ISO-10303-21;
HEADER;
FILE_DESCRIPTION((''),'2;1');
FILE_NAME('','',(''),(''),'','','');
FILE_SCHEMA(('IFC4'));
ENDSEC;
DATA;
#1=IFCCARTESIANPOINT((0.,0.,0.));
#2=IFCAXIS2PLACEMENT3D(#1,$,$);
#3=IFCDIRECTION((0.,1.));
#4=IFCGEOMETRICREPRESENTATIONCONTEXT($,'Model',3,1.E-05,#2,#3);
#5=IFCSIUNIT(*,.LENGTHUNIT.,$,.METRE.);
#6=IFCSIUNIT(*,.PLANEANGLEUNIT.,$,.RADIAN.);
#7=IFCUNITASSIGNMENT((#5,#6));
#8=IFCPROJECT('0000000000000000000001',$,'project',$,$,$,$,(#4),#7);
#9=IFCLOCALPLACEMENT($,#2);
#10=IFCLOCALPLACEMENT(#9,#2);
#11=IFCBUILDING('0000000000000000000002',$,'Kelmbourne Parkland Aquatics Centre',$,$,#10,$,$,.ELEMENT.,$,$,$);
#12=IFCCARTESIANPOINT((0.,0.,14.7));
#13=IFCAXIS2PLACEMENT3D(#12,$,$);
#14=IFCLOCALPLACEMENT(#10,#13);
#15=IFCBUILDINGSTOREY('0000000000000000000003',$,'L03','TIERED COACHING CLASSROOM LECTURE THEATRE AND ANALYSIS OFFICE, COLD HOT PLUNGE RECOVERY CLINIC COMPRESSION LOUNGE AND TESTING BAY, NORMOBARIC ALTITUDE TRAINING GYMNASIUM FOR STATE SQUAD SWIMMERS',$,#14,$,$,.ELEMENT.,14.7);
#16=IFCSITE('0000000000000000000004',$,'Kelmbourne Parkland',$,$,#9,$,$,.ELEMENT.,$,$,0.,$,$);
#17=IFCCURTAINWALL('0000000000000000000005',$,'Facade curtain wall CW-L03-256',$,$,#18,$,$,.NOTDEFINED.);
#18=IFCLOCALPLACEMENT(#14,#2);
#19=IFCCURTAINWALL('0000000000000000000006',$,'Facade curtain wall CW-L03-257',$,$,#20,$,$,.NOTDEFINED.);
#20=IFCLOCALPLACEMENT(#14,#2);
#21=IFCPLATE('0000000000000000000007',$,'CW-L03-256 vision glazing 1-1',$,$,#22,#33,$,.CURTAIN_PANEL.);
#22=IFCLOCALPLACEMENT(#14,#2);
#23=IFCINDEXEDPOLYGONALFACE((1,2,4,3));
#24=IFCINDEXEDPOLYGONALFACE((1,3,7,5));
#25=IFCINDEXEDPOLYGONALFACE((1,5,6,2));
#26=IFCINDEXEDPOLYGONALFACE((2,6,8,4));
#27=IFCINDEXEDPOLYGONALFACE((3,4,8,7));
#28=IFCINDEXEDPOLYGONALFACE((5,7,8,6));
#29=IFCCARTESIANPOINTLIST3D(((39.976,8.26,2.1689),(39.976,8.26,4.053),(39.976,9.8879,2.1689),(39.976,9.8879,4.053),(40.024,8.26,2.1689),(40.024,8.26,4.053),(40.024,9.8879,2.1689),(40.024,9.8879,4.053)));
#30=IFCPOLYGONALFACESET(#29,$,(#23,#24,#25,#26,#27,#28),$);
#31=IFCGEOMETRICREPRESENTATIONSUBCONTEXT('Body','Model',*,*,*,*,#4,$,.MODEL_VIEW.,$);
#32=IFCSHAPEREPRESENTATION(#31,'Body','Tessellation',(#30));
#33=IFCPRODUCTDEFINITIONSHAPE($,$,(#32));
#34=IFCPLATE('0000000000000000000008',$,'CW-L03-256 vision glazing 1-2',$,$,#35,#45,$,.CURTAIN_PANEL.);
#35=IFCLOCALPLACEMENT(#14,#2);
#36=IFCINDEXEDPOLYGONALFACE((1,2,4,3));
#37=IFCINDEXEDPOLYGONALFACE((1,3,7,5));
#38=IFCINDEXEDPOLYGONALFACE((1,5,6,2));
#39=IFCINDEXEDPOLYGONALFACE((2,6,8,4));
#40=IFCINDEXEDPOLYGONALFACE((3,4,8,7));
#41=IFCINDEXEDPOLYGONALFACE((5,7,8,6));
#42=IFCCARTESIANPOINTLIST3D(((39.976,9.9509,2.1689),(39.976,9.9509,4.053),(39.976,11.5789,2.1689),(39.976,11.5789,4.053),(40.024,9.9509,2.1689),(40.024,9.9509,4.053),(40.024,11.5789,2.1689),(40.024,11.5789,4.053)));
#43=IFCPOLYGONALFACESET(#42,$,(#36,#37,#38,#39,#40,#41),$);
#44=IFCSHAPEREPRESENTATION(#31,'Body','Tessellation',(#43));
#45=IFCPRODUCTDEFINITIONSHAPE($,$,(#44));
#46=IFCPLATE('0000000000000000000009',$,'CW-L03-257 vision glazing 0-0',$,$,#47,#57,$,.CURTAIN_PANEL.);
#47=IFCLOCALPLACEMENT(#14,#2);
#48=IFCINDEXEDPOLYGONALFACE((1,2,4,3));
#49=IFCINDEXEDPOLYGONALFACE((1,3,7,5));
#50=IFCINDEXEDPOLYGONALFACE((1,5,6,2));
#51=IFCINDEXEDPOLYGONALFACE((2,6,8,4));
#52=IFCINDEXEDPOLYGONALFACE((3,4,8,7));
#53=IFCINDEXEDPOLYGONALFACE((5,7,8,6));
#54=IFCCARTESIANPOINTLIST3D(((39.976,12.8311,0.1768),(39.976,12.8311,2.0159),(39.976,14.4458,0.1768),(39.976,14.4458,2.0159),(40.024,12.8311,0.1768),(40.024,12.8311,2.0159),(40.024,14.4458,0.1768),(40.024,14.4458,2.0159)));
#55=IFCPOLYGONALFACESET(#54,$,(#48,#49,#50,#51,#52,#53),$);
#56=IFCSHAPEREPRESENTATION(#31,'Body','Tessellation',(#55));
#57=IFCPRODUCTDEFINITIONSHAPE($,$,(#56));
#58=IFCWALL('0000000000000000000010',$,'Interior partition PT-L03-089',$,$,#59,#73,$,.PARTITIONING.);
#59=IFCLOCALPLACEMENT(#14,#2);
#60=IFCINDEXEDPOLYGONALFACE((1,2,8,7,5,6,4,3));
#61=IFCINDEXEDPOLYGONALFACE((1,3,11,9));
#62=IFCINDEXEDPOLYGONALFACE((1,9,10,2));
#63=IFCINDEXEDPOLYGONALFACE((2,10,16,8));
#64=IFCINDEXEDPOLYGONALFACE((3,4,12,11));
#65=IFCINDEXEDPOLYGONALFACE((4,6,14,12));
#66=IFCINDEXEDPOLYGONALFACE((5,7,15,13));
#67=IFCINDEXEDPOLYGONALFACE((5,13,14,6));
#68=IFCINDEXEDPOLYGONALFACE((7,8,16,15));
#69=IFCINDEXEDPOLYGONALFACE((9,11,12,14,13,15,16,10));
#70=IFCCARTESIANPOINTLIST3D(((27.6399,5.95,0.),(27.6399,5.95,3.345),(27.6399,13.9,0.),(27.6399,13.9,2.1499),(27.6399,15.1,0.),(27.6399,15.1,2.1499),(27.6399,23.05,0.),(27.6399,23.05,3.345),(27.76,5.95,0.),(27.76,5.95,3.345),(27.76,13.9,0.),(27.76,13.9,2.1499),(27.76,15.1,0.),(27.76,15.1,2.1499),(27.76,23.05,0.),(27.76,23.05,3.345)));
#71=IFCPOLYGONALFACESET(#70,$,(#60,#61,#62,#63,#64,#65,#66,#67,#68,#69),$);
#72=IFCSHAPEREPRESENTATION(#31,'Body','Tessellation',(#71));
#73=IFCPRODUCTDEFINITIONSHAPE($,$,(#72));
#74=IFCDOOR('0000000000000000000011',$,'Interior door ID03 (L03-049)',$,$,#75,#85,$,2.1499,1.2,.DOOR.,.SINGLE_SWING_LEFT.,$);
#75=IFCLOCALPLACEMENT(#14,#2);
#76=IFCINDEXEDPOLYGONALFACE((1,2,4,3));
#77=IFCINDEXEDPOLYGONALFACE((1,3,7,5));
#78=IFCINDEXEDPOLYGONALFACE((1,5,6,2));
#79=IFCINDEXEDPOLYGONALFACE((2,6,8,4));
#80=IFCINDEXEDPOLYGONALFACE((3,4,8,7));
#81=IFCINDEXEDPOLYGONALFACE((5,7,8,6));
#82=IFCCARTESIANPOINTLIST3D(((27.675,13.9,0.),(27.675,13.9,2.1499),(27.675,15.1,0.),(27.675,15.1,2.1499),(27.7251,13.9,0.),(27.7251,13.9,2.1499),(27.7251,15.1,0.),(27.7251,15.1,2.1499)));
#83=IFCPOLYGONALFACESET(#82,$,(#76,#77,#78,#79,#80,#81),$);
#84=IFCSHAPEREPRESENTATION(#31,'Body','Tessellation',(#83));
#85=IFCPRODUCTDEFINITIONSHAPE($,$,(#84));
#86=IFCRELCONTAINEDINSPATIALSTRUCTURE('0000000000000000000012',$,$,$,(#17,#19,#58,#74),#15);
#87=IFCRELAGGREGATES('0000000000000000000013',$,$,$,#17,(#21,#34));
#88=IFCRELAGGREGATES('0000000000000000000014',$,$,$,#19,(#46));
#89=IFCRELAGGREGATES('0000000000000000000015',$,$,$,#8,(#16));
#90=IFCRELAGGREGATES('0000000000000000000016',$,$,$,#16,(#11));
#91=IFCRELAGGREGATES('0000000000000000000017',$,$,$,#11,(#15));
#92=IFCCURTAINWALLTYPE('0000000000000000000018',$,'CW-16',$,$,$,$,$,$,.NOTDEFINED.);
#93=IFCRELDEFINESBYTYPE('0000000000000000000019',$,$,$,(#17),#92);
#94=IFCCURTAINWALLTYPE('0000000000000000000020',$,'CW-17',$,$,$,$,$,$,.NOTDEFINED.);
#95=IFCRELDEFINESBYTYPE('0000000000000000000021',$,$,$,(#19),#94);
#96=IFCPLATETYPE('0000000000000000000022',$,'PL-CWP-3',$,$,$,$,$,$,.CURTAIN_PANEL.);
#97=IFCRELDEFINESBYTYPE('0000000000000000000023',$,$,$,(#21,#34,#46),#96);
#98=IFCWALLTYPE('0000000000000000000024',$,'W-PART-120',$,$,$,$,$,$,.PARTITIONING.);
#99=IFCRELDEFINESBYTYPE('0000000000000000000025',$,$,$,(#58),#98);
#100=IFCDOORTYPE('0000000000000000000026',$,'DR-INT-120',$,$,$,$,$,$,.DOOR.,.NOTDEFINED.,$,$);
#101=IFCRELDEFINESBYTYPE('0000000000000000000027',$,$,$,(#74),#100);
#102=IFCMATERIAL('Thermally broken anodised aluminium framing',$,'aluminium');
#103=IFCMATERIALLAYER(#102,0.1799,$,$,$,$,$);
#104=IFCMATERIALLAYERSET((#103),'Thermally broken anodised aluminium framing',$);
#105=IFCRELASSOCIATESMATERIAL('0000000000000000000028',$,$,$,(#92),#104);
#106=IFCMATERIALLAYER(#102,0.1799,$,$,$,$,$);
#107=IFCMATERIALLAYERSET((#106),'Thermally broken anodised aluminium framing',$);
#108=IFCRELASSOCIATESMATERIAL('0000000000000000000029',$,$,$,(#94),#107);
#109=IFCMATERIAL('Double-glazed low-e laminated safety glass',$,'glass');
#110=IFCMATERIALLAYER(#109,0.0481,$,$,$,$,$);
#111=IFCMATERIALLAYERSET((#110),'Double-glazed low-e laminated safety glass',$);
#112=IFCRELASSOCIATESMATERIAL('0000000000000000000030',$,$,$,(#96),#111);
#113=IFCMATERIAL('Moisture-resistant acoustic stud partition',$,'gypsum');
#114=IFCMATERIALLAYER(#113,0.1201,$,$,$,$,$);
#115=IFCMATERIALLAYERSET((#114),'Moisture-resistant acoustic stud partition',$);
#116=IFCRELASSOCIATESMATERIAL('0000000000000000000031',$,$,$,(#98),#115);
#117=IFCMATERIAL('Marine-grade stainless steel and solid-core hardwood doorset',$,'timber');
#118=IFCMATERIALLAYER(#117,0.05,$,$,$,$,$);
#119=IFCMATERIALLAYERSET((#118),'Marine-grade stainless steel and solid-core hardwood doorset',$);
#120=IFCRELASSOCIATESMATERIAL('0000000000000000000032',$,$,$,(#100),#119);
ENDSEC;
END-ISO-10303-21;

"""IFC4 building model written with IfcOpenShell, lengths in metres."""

from ifc_helpers import new_model, si_unit, direction, frame, frame_2d, origin, origin_2d, place, context, subcontext, project, spatial, rectangle, extrude, material, layer, layer_set, type_object, element, fill, aggregate, save


model = new_model("IFC4")

# Units and contexts
model_context = context("Model", 3, precision=1e-05, world=origin(), true_north=direction((0.0, 1.0)))
body_context = subcontext(model_context, "Body", "Model", "MODEL_VIEW")
ifc_project = project(units=[si_unit("LENGTHUNIT", "METRE"), si_unit("PLANEANGLEUNIT", "RADIAN")], contexts=[model_context])

# Site, building, storey
site_placement = place(None, origin())
site = spatial("IfcSite", under=ifc_project, at=site_placement, Name="Kelmbourne Parkland", CompositionType="ELEMENT", RefElevation=0.0)
building_placement = place(site_placement, origin())
building = spatial("IfcBuilding", under=site, at=building_placement, Name="Kelmbourne Parkland Aquatics Centre", CompositionType="ELEMENT")
storey_placement = place(building_placement, frame((0.0, 0.0, 14.7)))
storey = spatial("IfcBuildingStorey", under=building, at=storey_placement, Name="L03", Description="TIERED COACHING CLASSROOM LECTURE THEATRE AND ANALYSIS OFFICE, COLD HOT PLUNGE RECOVERY CLINIC COMPRESSION LOUNGE AND TESTING BAY, NORMOBARIC ALTITUDE TRAINING GYMNASIUM FOR STATE SQUAD SWIMMERS", CompositionType="ELEMENT", Elevation=14.7)

# Shared definitions
ifc_material_1 = material(Name="Thermally broken anodised aluminium framing", Category="aluminium")

# Curtain walls
ifc_layer_1 = layer(ifc_material_1, 0.1799)
ifc_layer_set_1 = layer_set([ifc_layer_1], Name="Thermally broken anodised aluminium framing")
curtain_wall_type_1 = type_object("IfcCurtainWallType", Name="CW-16", PredefinedType="NOTDEFINED", material=ifc_layer_set_1)
curtain_wall_1_placement = place(storey_placement, origin())
curtain_wall_1 = element("IfcCurtainWall", 1, at=curtain_wall_1_placement, inside=storey, type_object=curtain_wall_type_1, Name="Facade curtain wall CW-L03-256", PredefinedType="NOTDEFINED")
ifc_layer_2 = layer(ifc_material_1, 0.1799)
ifc_layer_set_2 = layer_set([ifc_layer_2], Name="Thermally broken anodised aluminium framing")
curtain_wall_type_2 = type_object("IfcCurtainWallType", Name="CW-17", PredefinedType="NOTDEFINED", material=ifc_layer_set_2)
curtain_wall_2_placement = place(storey_placement, origin())
curtain_wall_2 = element("IfcCurtainWall", 2, at=curtain_wall_2_placement, inside=storey, type_object=curtain_wall_type_2, Name="Facade curtain wall CW-L03-257", PredefinedType="NOTDEFINED")

# Plates
ifc_material_2 = material(Name="Double-glazed low-e laminated safety glass", Category="glass")
ifc_layer_3 = layer(ifc_material_2, 0.0481)
ifc_layer_set_3 = layer_set([ifc_layer_3], Name="Double-glazed low-e laminated safety glass")
plate_type_1 = type_object("IfcPlateType", Name="PL-CWP-3", PredefinedType="CURTAIN_PANEL", material=ifc_layer_set_3)
plate_1_placement = place(storey_placement, frame((40.0, 9.074, 2.1689), z_axis=(0.0, 0.0, 1.0), x_axis=(0.0, 1.0, 0.0)))
plate_1 = element("IfcPlate", 3, at=plate_1_placement, type_object=plate_type_1, Name="CW-L03-256 vision glazing 1-1", PredefinedType="CURTAIN_PANEL", context=body_context, shape_type="SweptSolid", body=[
    extrude(rectangle(XDim=1.6279, YDim=0.0481, at=origin_2d()), origin(), (0.0, 0.0, 1.0), 1.884),
])
plate_2_placement = place(storey_placement, frame((40.0, 10.7649, 2.1689), z_axis=(0.0, 0.0, 1.0), x_axis=(0.0, 1.0, 0.0)))
plate_2 = element("IfcPlate", 4, at=plate_2_placement, type_object=plate_type_1, Name="CW-L03-256 vision glazing 1-2", PredefinedType="CURTAIN_PANEL", context=body_context, shape_type="SweptSolid", body=[
    extrude(rectangle(XDim=1.6279, YDim=0.0481, at=origin_2d()), origin(), (0.0, 0.0, 1.0), 1.884),
])
aggregate(curtain_wall_1, [plate_1, plate_2])
plate_3_placement = place(storey_placement, frame((40.0, 13.6384, 0.1768), z_axis=(0.0, 0.0, 1.0), x_axis=(0.0, 1.0, 0.0)))
plate_3 = element("IfcPlate", 5, at=plate_3_placement, type_object=plate_type_1, Name="CW-L03-257 vision glazing 0-0", PredefinedType="CURTAIN_PANEL", context=body_context, shape_type="SweptSolid", body=[
    extrude(rectangle(XDim=1.6147, YDim=0.0481, at=origin_2d()), origin(), (0.0, 0.0, 1.0), 1.8391),
])
aggregate(curtain_wall_2, [plate_3])

# Wall, opening, door
ifc_material_3 = material(Name="Moisture-resistant acoustic stud partition", Category="gypsum")
ifc_layer_4 = layer(ifc_material_3, 0.1201)
ifc_layer_set_4 = layer_set([ifc_layer_4], Name="Moisture-resistant acoustic stud partition")
wall_type = type_object("IfcWallType", Name="W-PART-120", PredefinedType="PARTITIONING", material=ifc_layer_set_4)
wall_placement = place(storey_placement, frame((27.7, 5.95, 0.0), z_axis=(0.0, 0.0, 1.0), x_axis=(0.0, 1.0, 0.0)))
wall = element("IfcWall", 6, at=wall_placement, inside=storey, type_object=wall_type, Name="Interior partition PT-L03-089", PredefinedType="PARTITIONING", context=body_context, shape_type="SweptSolid", body=[
    extrude(rectangle(XDim=17.1001, YDim=0.1201, at=frame_2d((8.55, 0.0))), origin(), (0.0, 0.0, 1.0), 3.345),
])
opening_placement = place(wall_placement, frame((7.95, 0.0, 0.0)))
opening = element("IfcOpeningElement", 7, at=opening_placement, cuts=wall, PredefinedType="OPENING", context=body_context, shape_type="SweptSolid", body=[
    extrude(rectangle(XDim=1.2, YDim=2.1499, at=frame_2d((0.6001, 1.075))), frame((0.0, 0.072, 0.0), z_axis=(0.0, -1.0, 0.0), x_axis=(1.0, 0.0, 0.0)), (0.0, 0.0, 1.0), 0.144),
])
ifc_material_4 = material(Name="Marine-grade stainless steel and solid-core hardwood doorset", Category="timber")
ifc_layer_5 = layer(ifc_material_4, 0.05)
ifc_layer_set_5 = layer_set([ifc_layer_5], Name="Marine-grade stainless steel and solid-core hardwood doorset")
door_type = type_object("IfcDoorType", Name="DR-INT-120", OperationType="NOTDEFINED", PredefinedType="DOOR", material=ifc_layer_set_5)
door_placement = place(opening_placement, origin())
door = element("IfcDoor", 8, at=door_placement, inside=storey, type_object=door_type, Name="Interior door ID03 (L03-049)", OperationType="SINGLE_SWING_LEFT", OverallHeight=2.1499, OverallWidth=1.2, PredefinedType="DOOR", context=body_context, shape_type="SweptSolid", body=[
    extrude(rectangle(XDim=1.2, YDim=2.1499, at=frame_2d((0.6001, 1.075))), frame((0.0, 0.0249, 0.0), z_axis=(0.0, -1.0, 0.0), x_axis=(1.0, 0.0, 0.0)), (0.0, 0.0, 1.0), 0.05),
])
fill(opening, door)

save(model, "model.ifc")
